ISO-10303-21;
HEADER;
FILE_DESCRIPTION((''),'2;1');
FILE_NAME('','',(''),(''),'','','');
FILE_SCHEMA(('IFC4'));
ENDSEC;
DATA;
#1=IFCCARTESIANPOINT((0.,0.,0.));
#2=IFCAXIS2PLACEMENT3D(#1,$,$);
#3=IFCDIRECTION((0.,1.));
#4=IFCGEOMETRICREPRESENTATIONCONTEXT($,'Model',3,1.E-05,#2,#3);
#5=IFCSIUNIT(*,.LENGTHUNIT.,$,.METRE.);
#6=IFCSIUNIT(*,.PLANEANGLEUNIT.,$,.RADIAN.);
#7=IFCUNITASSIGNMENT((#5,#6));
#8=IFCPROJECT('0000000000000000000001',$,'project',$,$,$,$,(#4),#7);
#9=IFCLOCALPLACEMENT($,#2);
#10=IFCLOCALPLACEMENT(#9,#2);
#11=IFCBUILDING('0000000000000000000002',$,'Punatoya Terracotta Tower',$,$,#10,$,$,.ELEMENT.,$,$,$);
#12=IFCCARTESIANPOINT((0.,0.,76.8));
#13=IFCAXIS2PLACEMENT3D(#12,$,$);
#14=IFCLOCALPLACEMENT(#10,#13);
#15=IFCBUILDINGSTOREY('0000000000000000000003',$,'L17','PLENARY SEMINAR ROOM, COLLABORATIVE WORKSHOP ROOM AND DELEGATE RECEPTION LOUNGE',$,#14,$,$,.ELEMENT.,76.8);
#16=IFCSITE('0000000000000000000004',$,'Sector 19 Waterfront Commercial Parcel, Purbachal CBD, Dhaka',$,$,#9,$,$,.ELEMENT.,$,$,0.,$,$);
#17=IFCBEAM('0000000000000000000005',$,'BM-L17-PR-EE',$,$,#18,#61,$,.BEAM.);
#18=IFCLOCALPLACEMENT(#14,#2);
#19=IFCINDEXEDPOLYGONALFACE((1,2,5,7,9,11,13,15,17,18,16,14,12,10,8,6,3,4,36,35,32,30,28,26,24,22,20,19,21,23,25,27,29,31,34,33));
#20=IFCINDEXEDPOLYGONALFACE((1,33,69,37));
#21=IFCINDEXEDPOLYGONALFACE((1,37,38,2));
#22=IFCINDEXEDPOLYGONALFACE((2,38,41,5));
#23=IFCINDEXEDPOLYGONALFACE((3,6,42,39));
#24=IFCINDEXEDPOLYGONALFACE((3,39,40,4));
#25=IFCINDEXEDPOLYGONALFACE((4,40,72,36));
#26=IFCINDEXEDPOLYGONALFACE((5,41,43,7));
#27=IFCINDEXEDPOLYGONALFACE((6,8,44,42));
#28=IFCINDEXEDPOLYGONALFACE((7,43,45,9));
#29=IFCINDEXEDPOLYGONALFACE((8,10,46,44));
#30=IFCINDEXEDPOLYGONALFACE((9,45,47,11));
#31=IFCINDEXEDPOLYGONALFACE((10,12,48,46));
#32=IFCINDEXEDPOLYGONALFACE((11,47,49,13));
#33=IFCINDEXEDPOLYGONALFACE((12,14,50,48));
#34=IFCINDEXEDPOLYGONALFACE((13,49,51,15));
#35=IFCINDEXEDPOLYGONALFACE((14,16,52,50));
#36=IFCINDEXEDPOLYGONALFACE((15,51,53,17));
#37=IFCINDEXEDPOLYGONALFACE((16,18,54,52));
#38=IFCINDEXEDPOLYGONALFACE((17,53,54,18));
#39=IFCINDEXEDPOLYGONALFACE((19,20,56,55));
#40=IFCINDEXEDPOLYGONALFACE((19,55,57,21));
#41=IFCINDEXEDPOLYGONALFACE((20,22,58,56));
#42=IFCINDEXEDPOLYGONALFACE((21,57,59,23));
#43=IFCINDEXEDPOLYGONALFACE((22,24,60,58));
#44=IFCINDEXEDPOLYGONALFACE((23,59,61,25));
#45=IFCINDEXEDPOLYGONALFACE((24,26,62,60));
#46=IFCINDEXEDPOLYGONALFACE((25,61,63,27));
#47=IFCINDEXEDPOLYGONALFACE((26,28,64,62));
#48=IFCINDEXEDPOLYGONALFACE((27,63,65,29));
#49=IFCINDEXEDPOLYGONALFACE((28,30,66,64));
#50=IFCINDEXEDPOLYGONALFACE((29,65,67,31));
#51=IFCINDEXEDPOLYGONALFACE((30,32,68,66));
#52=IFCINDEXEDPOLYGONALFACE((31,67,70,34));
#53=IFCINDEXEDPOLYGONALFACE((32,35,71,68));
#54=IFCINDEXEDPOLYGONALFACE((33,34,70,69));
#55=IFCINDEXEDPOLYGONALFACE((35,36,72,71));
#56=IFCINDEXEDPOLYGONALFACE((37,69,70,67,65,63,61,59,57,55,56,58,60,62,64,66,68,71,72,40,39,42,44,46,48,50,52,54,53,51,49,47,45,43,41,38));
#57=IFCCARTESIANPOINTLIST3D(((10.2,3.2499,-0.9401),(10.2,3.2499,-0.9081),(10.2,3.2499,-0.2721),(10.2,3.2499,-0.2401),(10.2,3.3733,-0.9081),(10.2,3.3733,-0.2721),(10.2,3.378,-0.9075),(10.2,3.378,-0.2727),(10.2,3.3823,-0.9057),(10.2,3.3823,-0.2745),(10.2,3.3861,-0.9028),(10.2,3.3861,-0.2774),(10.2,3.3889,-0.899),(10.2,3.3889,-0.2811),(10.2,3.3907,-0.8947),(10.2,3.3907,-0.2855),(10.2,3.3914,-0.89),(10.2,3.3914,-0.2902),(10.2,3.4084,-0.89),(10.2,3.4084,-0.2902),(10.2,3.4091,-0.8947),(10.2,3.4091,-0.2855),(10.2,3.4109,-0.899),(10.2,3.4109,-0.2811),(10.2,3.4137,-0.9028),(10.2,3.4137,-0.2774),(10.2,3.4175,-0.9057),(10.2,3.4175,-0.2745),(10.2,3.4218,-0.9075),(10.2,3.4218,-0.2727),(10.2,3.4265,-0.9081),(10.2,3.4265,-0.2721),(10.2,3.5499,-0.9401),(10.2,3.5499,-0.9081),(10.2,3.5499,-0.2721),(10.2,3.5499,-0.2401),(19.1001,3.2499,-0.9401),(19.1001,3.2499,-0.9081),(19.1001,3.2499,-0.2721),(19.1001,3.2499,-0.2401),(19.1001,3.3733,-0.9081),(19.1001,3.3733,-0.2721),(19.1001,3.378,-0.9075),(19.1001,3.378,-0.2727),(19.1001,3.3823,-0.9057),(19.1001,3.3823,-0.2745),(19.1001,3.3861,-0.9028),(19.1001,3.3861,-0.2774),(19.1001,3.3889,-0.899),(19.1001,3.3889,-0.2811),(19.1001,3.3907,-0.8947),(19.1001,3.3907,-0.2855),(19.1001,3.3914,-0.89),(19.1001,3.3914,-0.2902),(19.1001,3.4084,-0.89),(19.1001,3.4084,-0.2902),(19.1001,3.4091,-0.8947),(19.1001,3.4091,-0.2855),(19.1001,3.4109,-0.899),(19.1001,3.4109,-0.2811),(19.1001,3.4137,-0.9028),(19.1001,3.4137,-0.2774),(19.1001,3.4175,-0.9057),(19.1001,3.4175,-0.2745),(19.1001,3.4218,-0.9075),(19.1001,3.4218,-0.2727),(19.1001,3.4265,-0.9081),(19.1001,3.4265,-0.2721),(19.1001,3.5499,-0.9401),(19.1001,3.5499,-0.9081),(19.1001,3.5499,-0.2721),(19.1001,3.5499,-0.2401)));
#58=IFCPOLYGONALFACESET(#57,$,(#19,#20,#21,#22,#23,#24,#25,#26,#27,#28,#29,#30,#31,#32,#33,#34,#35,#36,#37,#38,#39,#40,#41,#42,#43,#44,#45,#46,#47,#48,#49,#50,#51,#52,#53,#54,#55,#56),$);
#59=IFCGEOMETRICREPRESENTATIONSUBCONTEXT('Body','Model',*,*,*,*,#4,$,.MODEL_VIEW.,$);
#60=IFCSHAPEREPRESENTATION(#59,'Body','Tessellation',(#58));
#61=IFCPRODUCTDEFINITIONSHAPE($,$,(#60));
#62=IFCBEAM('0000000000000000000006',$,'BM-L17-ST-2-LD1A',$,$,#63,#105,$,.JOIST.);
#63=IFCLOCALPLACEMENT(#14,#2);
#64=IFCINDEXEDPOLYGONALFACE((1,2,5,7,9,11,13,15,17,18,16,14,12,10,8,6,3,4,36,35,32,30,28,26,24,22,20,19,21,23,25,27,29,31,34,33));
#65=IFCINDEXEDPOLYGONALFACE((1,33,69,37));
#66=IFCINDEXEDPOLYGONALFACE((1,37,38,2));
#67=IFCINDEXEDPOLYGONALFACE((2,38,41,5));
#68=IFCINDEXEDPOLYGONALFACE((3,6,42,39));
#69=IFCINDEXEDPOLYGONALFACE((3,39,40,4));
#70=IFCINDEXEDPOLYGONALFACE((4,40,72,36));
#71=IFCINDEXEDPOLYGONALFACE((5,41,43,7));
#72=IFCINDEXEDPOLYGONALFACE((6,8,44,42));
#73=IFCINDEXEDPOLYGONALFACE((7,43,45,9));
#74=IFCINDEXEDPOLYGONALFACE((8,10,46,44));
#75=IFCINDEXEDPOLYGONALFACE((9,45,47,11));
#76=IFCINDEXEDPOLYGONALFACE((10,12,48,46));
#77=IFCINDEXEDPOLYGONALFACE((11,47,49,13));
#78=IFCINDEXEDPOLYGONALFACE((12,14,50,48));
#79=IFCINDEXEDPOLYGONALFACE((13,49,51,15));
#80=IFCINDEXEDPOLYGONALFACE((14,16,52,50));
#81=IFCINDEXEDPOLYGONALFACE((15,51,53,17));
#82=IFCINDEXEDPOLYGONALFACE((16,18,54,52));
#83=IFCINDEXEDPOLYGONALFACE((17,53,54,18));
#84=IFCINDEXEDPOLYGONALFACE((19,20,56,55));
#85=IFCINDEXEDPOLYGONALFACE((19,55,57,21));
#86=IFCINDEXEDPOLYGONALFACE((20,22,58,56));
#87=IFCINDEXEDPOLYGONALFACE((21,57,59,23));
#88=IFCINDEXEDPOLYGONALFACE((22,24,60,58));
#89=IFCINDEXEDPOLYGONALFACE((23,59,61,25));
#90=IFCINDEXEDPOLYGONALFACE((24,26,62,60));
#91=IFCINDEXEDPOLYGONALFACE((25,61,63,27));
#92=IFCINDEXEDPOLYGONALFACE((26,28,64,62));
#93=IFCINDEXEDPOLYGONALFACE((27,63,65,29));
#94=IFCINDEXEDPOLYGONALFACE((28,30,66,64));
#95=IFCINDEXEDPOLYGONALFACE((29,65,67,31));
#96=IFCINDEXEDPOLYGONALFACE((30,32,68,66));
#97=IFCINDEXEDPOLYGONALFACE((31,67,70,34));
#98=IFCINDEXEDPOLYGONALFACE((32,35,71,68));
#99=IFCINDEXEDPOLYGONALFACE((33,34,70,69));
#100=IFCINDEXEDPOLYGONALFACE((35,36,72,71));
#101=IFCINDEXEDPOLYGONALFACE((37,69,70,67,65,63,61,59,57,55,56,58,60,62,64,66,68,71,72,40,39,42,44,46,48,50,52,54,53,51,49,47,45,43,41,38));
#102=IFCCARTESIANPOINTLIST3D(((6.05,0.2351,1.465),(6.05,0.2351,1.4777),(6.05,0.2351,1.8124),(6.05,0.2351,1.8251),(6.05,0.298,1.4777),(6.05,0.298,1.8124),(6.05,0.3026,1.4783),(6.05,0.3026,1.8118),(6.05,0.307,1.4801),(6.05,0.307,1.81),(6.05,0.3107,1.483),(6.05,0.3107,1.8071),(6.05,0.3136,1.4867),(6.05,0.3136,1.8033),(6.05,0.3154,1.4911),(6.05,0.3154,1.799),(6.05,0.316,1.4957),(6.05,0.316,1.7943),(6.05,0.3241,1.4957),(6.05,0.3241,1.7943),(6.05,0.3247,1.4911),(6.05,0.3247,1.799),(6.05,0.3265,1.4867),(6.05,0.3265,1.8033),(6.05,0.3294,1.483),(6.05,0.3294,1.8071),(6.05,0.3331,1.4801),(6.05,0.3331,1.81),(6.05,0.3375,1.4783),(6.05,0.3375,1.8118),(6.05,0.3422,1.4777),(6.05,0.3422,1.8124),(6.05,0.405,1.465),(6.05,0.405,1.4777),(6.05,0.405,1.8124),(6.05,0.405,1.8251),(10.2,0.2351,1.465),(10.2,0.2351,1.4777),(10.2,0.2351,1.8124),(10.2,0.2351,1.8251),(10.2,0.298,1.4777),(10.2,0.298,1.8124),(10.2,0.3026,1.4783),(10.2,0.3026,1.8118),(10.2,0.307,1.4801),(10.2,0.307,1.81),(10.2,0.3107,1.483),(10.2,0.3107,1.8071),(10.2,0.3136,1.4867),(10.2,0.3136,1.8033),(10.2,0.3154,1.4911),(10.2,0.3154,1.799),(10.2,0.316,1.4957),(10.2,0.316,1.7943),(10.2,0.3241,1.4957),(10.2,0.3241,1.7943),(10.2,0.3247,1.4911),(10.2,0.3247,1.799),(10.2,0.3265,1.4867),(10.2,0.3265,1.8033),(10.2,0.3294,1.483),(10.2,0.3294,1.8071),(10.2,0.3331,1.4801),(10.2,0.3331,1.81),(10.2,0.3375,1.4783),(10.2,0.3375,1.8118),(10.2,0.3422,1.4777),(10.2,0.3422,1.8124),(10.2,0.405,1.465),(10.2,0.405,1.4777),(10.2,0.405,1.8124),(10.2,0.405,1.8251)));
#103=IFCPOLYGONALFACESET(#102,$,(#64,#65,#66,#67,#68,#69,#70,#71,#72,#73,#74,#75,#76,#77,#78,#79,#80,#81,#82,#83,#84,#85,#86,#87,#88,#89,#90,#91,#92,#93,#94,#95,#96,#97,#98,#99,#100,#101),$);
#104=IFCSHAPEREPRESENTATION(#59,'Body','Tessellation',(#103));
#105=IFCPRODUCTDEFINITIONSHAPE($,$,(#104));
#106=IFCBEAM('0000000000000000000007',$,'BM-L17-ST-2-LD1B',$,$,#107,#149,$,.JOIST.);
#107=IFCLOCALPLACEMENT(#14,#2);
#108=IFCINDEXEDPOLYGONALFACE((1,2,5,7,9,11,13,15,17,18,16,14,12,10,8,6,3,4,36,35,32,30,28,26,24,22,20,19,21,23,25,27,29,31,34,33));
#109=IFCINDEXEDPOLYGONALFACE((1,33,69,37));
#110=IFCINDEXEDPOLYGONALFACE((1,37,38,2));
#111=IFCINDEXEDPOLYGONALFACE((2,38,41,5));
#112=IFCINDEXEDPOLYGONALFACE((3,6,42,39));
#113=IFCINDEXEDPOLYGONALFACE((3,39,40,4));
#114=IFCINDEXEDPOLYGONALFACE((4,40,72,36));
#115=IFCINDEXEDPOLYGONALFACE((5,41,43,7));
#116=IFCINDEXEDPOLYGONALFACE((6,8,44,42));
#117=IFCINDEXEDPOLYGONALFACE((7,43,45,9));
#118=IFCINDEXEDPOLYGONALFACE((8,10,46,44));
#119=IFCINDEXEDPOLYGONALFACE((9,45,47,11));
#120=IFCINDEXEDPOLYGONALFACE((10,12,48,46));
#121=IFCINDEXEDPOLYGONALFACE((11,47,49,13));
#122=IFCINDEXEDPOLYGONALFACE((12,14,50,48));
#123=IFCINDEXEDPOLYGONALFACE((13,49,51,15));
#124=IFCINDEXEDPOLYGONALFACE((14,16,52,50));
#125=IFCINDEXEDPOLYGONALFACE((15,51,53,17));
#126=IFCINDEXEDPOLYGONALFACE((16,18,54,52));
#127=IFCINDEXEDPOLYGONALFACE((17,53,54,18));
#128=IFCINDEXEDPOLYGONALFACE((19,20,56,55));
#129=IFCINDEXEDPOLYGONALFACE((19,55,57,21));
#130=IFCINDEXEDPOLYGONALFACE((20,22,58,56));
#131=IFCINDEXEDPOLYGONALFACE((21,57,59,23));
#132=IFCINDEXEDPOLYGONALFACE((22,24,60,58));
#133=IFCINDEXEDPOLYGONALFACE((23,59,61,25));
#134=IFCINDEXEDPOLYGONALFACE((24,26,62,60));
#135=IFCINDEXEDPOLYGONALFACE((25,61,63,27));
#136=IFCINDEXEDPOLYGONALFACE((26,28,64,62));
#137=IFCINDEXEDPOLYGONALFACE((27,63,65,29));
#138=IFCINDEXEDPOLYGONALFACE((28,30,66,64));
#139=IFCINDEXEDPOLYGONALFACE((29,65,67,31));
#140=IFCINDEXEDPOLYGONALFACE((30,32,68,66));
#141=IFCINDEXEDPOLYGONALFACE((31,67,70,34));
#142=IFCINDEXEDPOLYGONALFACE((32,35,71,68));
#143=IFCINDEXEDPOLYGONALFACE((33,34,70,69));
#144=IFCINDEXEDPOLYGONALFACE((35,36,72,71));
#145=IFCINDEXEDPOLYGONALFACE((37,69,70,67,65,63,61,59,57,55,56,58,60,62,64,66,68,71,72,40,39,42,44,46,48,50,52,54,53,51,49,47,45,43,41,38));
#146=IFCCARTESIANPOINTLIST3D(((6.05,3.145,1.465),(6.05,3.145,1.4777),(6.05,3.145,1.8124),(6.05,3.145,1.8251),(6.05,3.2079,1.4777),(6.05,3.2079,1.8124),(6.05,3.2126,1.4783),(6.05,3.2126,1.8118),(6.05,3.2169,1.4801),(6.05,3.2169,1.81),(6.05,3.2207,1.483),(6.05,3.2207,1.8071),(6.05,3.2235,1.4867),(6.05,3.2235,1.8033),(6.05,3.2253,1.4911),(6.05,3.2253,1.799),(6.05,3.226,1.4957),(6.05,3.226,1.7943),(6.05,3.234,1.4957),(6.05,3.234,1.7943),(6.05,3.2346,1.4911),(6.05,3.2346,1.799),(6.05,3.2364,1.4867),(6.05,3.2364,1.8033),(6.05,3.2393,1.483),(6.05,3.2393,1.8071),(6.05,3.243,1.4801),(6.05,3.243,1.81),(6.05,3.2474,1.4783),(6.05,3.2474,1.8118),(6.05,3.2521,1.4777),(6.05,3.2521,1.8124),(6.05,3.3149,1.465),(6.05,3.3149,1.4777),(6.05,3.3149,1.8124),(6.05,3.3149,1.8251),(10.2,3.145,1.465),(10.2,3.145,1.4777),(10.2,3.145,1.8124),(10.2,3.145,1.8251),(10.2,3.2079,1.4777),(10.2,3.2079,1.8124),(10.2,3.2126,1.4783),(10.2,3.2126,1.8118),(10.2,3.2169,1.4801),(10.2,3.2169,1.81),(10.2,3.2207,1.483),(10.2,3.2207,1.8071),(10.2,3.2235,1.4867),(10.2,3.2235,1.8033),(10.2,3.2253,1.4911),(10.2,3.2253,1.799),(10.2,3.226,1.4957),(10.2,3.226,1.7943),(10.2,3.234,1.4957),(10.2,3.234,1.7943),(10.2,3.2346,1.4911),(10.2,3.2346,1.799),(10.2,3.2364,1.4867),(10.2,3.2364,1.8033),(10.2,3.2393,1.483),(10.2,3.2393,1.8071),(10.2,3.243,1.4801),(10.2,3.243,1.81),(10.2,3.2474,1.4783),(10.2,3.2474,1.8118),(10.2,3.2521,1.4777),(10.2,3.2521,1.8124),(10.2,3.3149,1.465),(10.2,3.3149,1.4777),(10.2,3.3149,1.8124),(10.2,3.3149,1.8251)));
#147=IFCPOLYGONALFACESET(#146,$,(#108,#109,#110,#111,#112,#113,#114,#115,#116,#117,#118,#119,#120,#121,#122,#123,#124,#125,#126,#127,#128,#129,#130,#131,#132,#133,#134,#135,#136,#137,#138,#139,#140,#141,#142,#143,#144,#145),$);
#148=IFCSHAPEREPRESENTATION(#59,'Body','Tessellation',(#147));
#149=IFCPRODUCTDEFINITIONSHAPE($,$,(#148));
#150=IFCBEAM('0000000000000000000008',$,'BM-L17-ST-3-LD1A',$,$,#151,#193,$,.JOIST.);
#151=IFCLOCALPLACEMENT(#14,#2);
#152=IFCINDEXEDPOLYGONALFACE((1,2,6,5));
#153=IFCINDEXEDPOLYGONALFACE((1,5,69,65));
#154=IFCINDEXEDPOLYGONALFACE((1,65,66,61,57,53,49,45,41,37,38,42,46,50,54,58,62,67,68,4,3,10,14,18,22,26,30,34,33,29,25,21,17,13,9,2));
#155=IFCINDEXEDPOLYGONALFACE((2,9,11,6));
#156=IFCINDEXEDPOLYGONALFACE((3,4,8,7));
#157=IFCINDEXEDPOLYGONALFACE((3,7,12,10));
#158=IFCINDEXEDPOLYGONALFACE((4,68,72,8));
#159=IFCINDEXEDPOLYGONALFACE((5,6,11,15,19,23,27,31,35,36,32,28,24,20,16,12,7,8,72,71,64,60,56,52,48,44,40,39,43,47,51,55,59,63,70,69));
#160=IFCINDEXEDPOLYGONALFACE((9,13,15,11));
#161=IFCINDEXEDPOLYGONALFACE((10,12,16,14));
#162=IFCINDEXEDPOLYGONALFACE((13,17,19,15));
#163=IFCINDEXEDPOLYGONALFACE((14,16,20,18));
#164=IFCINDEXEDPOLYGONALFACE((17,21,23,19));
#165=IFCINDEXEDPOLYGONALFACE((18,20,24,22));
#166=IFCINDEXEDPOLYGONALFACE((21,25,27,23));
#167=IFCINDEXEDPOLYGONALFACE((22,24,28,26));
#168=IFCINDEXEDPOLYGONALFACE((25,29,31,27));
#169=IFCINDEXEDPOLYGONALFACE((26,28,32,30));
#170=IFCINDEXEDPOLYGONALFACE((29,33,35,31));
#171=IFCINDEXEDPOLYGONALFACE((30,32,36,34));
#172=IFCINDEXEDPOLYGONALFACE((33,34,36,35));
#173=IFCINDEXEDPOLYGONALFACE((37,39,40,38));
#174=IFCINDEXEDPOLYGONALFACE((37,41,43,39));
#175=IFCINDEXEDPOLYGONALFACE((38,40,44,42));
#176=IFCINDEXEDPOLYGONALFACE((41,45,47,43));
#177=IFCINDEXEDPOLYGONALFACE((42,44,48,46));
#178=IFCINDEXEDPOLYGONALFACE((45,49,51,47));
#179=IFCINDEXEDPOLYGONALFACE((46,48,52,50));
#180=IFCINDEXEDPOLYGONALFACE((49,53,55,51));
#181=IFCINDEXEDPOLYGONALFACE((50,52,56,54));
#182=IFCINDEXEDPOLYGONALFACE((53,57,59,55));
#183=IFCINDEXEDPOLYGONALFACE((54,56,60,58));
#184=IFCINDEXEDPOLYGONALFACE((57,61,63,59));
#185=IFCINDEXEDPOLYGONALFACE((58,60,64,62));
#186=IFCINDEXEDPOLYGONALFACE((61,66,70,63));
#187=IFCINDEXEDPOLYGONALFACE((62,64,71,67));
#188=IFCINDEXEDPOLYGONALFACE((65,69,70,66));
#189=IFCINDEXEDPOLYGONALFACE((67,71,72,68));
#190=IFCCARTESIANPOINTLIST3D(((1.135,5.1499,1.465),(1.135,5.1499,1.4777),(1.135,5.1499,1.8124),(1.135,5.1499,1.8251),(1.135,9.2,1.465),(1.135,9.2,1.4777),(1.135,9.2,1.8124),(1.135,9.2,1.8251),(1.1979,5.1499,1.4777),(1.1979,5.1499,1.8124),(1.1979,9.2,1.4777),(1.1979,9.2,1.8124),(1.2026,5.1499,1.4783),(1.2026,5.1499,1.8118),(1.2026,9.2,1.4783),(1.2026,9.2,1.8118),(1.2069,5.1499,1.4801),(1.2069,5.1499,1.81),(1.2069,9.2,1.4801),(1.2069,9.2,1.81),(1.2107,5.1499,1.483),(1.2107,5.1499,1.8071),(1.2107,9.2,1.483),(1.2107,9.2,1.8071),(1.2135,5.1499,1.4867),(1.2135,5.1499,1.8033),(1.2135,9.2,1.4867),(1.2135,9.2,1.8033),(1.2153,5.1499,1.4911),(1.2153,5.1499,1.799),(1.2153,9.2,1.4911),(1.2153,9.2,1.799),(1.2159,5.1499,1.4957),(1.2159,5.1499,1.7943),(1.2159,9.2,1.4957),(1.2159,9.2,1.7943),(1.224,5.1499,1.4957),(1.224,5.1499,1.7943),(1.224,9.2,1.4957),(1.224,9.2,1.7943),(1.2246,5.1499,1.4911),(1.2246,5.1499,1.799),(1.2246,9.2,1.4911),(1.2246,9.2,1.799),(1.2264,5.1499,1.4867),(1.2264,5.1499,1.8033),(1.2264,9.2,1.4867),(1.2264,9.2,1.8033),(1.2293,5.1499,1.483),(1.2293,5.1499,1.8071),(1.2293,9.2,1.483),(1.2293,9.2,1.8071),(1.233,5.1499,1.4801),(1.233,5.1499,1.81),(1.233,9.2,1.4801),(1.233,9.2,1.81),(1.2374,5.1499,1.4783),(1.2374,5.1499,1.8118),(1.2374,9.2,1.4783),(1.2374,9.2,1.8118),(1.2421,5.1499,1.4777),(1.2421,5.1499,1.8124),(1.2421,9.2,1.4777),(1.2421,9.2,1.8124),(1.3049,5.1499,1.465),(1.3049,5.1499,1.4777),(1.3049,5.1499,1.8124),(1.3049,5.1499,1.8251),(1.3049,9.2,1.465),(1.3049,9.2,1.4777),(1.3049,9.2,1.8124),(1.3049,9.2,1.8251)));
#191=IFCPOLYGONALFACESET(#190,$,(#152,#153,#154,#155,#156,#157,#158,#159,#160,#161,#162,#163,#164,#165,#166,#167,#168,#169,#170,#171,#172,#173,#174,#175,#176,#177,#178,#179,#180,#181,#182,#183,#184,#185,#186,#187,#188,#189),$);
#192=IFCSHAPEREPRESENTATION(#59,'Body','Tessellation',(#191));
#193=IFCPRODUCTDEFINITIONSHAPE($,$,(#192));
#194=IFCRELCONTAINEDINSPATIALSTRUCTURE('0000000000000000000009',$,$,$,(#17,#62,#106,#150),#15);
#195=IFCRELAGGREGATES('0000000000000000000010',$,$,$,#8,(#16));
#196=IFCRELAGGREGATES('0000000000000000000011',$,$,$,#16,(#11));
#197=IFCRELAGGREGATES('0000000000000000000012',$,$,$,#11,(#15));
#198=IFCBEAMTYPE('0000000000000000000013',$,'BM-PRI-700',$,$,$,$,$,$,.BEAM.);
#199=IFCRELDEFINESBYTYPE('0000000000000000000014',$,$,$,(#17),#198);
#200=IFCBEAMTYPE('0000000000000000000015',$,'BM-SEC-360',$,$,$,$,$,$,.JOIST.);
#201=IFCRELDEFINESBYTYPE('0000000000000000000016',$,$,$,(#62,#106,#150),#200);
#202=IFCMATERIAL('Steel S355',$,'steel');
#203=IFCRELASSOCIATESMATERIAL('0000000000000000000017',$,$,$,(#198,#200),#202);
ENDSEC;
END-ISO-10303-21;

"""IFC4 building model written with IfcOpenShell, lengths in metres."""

from ifc_helpers import new_model, si_unit, direction, frame, origin, origin_2d, place, context, subcontext, project, spatial, i_section, extrude, material, material_profile, profile_set, type_object, element, save


model = new_model("IFC4")

# Units and contexts
model_context = context("Model", 3, precision=1e-05, world=origin(), true_north=direction((0.0, 1.0)))
body_context = subcontext(model_context, "Body", "Model", "MODEL_VIEW")
ifc_project = project(units=[si_unit("LENGTHUNIT", "METRE"), si_unit("PLANEANGLEUNIT", "RADIAN")], contexts=[model_context])

# Site, building, storey
site_placement = place(None, origin())
site = spatial("IfcSite", under=ifc_project, at=site_placement, Name="Sector 19 Waterfront Commercial Parcel, Purbachal CBD, Dhaka", CompositionType="ELEMENT", RefElevation=0.0)
building_placement = place(site_placement, origin())
building = spatial("IfcBuilding", under=site, at=building_placement, Name="Punatoya Terracotta Tower", CompositionType="ELEMENT")
storey_placement = place(building_placement, frame((0.0, 0.0, 76.8)))
storey = spatial("IfcBuildingStorey", under=building, at=storey_placement, Name="L17", Description="PLENARY SEMINAR ROOM, COLLABORATIVE WORKSHOP ROOM AND DELEGATE RECEPTION LOUNGE", CompositionType="ELEMENT", Elevation=76.8)

# Beams
ifc_material_1 = material(Name="Steel S355", Category="steel")
ifc_material_profile_1 = material_profile(ifc_material_1, i_section(OverallWidth=0.3, OverallDepth=0.7, WebThickness=0.0171, FlangeThickness=0.032, FilletRadius=0.0181, at=origin_2d()))
ifc_profile_set_1 = profile_set([ifc_material_profile_1], Name="Steel S355")
beam_type_1 = type_object("IfcBeamType", Name="BM-PRI-700", PredefinedType="BEAM", material=ifc_profile_set_1)
beam_placement = place(storey_placement, frame((10.2, 3.3999, -0.5901), z_axis=(1.0, 0.0, 0.0), x_axis=(0.0, 1.0, 0.0)))
element("IfcBeam", 1, at=beam_placement, inside=storey, type_object=beam_type_1, Name="BM-L17-PR-EE", PredefinedType="BEAM", context=body_context, shape_type="SweptSolid", body=[
    extrude(i_section(OverallWidth=0.3, OverallDepth=0.7, WebThickness=0.0171, FlangeThickness=0.032, FilletRadius=0.0181, at=origin_2d()), origin(), (0.0, 0.0, 1.0), 8.9001),
])
ifc_material_profile_2 = material_profile(ifc_material_1, i_section(OverallWidth=0.1699, OverallDepth=0.3601, WebThickness=0.0081, FlangeThickness=0.0127, FilletRadius=0.0181, at=origin_2d()))
ifc_profile_set_2 = profile_set([ifc_material_profile_2], Name="Steel S355")
beam_type_2 = type_object("IfcBeamType", Name="BM-SEC-360", PredefinedType="JOIST", material=ifc_profile_set_2)
for number, where, z_axis, x_axis, name in (
    (2, (6.05, 0.3201, 1.645), (1.0, 0.0, 0.0), (0.0, 1.0, 0.0), "BM-L17-ST-2-LD1A"),
    (3, (6.05, 3.23, 1.645), (1.0, 0.0, 0.0), (0.0, 1.0, 0.0), "BM-L17-ST-2-LD1B"),
):
    element("IfcBeam", number, at=place(storey_placement, frame(where, z_axis=z_axis, x_axis=x_axis)), inside=storey, type_object=beam_type_2, Name=name, PredefinedType="JOIST", context=body_context, shape_type="SweptSolid", body=[
        extrude(i_section(OverallWidth=0.1699, OverallDepth=0.3601, WebThickness=0.0081, FlangeThickness=0.0127, FilletRadius=0.0181, at=origin_2d()), origin(), (0.0, 0.0, 1.0), 4.1499),
    ])
for number, where, z_axis, x_axis, name in (
    (4, (1.22, 5.1499, 1.645), (0.0, 1.0, 0.0), (-1.0, 0.0, 0.0), "BM-L17-ST-3-LD1A"),
):
    element("IfcBeam", number, at=place(storey_placement, frame(where, z_axis=z_axis, x_axis=x_axis)), inside=storey, type_object=beam_type_2, Name=name, PredefinedType="JOIST", context=body_context, shape_type="SweptSolid", body=[
        extrude(i_section(OverallWidth=0.1699, OverallDepth=0.3601, WebThickness=0.0081, FlangeThickness=0.0127, FilletRadius=0.0181, at=origin_2d()), origin(), (0.0, 0.0, 1.0), 4.05),
    ])

save(model, "model.ifc")
